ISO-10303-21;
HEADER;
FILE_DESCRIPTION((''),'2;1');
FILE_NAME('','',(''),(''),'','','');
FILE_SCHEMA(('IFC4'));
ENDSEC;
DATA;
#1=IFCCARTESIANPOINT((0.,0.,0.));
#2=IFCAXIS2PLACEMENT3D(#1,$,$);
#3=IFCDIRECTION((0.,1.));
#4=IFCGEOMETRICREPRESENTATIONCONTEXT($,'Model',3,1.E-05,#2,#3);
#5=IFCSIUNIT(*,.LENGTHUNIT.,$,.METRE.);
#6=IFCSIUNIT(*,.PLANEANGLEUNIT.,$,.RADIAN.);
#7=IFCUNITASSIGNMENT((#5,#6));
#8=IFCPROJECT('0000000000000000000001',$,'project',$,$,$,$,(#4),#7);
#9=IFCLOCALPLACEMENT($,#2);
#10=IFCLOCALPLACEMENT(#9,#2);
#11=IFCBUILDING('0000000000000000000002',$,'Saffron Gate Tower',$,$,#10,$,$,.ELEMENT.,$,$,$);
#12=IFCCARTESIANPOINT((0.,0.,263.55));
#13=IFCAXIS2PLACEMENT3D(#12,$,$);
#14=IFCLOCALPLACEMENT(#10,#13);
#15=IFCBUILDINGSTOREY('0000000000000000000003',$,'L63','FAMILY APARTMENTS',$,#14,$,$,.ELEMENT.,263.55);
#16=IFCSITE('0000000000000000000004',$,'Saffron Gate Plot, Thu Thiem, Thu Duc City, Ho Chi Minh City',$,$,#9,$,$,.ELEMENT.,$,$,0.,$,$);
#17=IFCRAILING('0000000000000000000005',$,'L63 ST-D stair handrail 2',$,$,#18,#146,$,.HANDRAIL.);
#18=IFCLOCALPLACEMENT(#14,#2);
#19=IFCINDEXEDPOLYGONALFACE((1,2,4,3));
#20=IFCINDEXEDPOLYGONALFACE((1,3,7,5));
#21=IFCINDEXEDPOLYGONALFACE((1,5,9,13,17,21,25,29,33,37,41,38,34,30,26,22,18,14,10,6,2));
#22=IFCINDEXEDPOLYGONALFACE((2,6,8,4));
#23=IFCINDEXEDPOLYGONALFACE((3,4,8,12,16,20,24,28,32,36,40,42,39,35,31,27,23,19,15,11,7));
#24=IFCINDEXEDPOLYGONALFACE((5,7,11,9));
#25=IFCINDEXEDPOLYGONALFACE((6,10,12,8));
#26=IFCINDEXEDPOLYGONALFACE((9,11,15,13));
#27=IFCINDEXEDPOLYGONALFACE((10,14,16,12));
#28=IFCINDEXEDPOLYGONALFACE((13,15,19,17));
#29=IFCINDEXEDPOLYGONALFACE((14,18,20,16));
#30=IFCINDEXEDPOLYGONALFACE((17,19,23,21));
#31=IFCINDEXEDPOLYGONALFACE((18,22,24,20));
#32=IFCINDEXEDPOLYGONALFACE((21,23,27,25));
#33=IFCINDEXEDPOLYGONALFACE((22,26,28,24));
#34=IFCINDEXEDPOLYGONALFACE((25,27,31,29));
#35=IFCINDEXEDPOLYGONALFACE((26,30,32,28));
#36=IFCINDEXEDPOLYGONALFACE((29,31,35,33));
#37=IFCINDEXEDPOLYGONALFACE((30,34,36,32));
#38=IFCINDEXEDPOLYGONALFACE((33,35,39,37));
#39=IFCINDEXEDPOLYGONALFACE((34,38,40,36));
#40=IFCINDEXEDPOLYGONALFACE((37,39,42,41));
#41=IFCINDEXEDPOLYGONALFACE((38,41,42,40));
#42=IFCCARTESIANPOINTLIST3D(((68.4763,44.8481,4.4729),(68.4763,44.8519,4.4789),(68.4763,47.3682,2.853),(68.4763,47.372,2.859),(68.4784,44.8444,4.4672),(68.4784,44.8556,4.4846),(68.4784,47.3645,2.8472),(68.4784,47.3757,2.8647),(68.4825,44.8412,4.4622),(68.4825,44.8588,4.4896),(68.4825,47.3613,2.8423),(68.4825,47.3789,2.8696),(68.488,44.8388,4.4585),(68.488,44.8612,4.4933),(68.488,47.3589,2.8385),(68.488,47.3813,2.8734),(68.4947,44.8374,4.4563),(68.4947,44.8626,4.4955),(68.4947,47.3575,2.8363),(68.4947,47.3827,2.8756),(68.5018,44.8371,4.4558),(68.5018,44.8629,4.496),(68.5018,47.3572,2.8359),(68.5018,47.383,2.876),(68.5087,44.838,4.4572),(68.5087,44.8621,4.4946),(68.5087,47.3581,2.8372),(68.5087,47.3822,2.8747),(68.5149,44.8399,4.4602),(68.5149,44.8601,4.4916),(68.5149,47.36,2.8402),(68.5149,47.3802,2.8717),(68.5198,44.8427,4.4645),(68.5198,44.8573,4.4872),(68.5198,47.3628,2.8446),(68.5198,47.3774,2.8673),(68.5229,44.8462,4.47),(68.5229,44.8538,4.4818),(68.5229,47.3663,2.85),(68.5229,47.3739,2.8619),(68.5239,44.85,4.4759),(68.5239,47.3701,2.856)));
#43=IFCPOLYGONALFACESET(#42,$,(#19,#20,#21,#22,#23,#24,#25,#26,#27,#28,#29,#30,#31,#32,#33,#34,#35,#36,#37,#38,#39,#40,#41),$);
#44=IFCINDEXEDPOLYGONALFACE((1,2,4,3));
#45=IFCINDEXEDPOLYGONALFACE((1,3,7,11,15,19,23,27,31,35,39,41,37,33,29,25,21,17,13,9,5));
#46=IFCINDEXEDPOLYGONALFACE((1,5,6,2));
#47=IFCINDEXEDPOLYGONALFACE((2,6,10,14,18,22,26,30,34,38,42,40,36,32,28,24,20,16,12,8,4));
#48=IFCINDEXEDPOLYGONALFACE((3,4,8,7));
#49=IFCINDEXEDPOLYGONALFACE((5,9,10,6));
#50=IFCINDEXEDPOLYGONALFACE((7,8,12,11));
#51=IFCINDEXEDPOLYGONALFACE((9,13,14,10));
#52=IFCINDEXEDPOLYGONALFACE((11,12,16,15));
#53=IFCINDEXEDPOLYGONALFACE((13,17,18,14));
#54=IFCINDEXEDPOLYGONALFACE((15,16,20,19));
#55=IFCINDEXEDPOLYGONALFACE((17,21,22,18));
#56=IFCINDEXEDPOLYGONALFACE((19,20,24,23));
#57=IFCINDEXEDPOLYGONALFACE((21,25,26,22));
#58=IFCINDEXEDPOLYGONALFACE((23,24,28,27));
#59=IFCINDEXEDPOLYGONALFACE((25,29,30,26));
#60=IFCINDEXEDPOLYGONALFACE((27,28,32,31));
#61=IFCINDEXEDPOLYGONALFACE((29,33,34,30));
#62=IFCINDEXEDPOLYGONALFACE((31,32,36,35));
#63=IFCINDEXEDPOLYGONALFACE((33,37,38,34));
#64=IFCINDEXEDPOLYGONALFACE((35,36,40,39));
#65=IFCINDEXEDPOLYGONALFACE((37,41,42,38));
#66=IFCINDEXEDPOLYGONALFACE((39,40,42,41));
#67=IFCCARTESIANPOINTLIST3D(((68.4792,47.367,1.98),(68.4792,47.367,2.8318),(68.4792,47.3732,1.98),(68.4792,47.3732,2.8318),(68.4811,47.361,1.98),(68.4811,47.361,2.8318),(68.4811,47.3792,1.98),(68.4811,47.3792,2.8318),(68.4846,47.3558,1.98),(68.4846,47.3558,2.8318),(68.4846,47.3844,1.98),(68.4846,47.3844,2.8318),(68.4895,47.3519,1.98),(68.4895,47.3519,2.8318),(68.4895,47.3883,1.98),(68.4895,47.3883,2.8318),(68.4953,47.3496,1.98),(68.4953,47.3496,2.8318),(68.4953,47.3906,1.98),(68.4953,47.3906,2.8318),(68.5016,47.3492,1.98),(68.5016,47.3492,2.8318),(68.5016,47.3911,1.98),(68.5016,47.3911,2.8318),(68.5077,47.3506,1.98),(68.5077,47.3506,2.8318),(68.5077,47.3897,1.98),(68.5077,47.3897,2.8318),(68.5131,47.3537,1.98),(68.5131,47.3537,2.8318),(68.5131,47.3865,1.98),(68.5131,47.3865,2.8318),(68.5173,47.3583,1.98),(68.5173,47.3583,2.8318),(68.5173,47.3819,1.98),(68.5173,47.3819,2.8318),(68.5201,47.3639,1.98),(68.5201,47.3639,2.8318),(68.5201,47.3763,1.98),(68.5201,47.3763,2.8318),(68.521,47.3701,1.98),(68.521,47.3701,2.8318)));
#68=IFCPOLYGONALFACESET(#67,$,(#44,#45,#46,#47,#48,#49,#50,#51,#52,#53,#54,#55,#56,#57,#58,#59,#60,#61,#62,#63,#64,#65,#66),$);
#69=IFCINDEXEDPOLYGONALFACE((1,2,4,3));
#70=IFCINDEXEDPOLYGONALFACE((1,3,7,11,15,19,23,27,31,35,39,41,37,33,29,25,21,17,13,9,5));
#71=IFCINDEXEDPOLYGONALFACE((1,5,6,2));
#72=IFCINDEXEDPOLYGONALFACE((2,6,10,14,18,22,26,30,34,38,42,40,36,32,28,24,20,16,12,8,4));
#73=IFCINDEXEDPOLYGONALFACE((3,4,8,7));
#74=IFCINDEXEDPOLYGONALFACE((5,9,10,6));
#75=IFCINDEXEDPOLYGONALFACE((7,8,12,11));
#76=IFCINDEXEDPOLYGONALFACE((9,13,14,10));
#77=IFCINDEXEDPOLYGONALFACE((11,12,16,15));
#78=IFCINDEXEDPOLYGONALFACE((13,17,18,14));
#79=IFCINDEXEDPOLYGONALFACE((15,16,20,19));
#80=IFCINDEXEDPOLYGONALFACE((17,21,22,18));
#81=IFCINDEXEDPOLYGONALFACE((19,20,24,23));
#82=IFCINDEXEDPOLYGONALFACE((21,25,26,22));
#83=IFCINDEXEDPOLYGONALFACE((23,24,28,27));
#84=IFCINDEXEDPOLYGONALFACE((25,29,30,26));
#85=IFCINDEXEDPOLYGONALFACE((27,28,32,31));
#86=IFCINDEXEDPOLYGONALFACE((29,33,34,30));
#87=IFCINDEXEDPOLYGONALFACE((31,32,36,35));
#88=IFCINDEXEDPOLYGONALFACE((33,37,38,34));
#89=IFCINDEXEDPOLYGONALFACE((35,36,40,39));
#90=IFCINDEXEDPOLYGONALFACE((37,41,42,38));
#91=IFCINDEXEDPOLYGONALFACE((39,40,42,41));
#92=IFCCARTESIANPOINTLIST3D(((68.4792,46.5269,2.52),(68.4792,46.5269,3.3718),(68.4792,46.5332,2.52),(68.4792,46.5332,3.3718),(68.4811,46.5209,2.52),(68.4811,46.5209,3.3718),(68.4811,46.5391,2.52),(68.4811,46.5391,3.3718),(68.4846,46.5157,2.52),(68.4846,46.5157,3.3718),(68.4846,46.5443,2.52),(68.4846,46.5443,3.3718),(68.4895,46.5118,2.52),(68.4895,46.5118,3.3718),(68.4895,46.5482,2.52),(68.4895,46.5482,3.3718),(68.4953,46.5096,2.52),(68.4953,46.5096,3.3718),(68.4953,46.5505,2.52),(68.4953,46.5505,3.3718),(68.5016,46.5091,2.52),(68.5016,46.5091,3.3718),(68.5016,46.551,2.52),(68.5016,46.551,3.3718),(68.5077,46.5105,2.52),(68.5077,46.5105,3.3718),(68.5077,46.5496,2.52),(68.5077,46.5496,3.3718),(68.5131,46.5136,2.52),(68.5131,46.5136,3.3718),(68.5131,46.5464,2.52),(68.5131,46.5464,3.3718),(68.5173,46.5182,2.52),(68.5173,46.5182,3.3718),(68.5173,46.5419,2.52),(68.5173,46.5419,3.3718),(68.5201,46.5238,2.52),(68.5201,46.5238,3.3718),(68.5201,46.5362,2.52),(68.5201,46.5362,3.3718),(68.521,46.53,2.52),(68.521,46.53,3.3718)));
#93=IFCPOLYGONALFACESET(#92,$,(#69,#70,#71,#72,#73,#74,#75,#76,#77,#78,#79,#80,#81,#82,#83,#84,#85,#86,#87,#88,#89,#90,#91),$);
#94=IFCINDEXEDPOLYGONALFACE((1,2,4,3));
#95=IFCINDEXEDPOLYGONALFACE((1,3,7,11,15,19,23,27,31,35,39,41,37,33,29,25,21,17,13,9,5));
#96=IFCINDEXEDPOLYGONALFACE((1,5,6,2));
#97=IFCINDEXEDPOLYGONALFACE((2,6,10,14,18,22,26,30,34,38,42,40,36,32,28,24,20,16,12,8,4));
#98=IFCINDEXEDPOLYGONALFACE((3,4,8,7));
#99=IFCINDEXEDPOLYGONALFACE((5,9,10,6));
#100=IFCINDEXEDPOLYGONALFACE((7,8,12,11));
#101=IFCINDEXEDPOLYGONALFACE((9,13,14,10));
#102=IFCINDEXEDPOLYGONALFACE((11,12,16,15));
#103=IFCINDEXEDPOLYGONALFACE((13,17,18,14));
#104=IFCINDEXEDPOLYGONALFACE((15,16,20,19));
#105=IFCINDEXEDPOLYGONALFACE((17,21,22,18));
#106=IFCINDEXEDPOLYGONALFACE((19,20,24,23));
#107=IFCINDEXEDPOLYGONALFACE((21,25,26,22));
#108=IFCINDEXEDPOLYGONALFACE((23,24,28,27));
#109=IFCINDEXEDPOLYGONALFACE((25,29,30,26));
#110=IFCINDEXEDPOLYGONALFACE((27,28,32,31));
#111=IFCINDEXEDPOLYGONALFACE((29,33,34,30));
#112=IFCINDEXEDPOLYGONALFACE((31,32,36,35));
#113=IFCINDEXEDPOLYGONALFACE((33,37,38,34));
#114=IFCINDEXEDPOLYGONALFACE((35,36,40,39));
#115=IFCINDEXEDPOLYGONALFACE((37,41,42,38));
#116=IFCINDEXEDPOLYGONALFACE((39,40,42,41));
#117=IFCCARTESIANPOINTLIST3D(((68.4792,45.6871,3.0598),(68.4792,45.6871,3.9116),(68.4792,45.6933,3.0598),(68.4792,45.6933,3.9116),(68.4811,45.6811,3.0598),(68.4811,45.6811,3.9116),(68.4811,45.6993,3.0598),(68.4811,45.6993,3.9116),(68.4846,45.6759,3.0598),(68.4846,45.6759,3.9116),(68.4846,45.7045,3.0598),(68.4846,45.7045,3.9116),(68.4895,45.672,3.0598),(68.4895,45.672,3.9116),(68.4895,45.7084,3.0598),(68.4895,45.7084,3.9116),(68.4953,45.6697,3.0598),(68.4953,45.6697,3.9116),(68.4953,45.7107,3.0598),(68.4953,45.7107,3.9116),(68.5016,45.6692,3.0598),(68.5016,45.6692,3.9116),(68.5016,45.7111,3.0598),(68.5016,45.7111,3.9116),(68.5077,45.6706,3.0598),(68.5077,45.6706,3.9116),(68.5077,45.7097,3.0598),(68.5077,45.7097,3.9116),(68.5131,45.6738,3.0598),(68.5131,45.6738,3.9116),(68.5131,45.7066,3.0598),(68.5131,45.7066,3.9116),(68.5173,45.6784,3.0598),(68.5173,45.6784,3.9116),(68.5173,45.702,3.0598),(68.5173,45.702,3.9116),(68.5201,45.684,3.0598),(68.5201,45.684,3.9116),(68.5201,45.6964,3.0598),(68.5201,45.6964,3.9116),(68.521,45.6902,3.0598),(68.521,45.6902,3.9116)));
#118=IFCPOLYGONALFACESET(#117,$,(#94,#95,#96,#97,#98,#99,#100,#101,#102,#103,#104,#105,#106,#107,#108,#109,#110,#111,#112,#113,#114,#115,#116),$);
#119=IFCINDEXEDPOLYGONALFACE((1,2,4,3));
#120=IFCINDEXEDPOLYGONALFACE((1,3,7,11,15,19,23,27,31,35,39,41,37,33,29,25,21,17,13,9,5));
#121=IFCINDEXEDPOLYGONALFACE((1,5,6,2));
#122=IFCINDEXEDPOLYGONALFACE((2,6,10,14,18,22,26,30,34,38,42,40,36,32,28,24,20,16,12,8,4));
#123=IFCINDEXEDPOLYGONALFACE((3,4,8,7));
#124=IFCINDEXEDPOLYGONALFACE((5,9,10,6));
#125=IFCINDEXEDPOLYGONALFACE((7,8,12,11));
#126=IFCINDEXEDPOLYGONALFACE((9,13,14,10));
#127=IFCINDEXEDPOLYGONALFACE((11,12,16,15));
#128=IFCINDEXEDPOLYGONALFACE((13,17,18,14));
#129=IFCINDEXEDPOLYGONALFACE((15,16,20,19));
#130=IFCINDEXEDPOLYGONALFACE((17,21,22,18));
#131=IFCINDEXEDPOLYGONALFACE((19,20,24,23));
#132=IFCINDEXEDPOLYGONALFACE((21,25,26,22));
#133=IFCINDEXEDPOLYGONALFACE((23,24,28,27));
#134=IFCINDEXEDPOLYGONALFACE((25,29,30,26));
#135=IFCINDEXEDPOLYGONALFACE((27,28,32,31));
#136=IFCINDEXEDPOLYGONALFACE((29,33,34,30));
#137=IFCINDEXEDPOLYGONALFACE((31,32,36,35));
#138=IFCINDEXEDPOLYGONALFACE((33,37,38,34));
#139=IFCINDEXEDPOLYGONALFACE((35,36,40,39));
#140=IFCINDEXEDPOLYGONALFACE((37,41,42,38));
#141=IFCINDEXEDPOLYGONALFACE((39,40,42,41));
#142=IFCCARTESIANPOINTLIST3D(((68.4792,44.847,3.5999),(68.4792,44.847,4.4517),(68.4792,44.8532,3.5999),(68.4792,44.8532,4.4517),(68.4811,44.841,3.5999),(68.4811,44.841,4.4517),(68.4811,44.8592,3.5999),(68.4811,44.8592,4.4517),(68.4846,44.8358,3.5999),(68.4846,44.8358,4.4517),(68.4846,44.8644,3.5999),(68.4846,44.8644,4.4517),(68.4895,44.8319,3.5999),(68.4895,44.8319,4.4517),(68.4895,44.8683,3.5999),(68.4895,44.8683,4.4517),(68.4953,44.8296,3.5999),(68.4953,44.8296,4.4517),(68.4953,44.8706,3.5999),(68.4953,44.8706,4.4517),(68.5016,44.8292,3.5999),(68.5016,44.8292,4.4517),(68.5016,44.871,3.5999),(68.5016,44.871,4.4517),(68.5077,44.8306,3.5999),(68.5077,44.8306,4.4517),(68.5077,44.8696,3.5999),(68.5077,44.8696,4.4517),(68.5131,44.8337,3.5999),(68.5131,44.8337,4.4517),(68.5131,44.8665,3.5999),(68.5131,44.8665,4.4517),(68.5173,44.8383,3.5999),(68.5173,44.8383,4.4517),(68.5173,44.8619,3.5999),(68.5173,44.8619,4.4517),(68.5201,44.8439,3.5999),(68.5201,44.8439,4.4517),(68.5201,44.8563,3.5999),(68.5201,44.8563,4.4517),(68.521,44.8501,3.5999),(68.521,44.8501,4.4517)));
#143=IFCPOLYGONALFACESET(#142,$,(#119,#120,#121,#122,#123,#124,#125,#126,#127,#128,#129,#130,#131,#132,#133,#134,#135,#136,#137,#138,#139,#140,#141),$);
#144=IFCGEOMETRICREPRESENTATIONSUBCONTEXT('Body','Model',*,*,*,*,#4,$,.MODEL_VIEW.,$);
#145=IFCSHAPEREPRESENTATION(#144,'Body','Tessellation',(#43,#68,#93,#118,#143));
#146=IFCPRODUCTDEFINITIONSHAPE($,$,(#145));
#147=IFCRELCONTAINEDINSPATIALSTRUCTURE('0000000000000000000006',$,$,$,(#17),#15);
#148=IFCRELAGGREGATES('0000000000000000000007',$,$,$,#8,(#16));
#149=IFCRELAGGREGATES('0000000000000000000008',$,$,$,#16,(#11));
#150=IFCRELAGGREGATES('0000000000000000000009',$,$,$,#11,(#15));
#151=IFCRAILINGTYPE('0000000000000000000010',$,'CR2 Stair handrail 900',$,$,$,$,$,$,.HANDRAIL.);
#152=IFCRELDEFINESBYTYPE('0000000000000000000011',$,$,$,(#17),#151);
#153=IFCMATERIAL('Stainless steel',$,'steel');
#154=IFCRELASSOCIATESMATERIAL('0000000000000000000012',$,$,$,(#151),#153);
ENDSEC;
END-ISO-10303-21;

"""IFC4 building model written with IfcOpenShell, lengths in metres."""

from ifc_helpers import new_model, si_unit, direction, frame, origin, origin_2d, place, context, subcontext, project, spatial, circle, extrude, material, type_object, element, save


model = new_model("IFC4")

# Units and contexts
model_context = context("Model", 3, precision=1e-05, world=origin(), true_north=direction((0.0, 1.0)))
body_context = subcontext(model_context, "Body", "Model", "MODEL_VIEW")
ifc_project = project(units=[si_unit("LENGTHUNIT", "METRE"), si_unit("PLANEANGLEUNIT", "RADIAN")], contexts=[model_context])

# Site, building, storey
site_placement = place(None, origin())
site = spatial("IfcSite", under=ifc_project, at=site_placement, Name="Saffron Gate Plot, Thu Thiem, Thu Duc City, Ho Chi Minh City", CompositionType="ELEMENT", RefElevation=0.0)
building_placement = place(site_placement, origin())
building = spatial("IfcBuilding", under=site, at=building_placement, Name="Saffron Gate Tower", CompositionType="ELEMENT")
storey_placement = place(building_placement, frame((0.0, 0.0, 263.55)))
storey = spatial("IfcBuildingStorey", under=building, at=storey_placement, Name="L63", Description="FAMILY APARTMENTS", CompositionType="ELEMENT", Elevation=263.55)

# Railing
ifc_material_1 = material(Name="Stainless steel", Category="steel")
railing_type_1 = type_object("IfcRailingType", Name="CR2 Stair handrail 900", PredefinedType="HANDRAIL", material=ifc_material_1)
railing_1_placement = place(storey_placement, frame((68.5, 47.3701, 1.98)))
element("IfcRailing", 1, at=railing_1_placement, inside=storey, type_object=railing_type_1, Name="L63 ST-D stair handrail 2", PredefinedType="HANDRAIL", context=body_context, shape_type="SweptSolid", body=[
    extrude(circle(Radius=0.0239, at=origin_2d()), frame((0.0, 0.0, 0.876), z_axis=(0.0, -0.8412, 0.540725), x_axis=(1.0, 0.0, 0.0)), (0.0, 0.0, 1.0), 2.9958),
    extrude(circle(Radius=0.021, at=origin_2d()), origin(), (0.0, 0.0, 1.0), 0.8518),
    extrude(circle(Radius=0.021, at=origin_2d()), frame((0.0, -0.8401, 0.54)), (0.0, 0.0, 1.0), 0.8518),
    extrude(circle(Radius=0.021, at=origin_2d()), frame((0.0, -1.6799, 1.0798)), (0.0, 0.0, 1.0), 0.8518),
    extrude(circle(Radius=0.021, at=origin_2d()), frame((0.0, -2.52, 1.6199)), (0.0, 0.0, 1.0), 0.8518),
])

save(model, "model.ifc")
